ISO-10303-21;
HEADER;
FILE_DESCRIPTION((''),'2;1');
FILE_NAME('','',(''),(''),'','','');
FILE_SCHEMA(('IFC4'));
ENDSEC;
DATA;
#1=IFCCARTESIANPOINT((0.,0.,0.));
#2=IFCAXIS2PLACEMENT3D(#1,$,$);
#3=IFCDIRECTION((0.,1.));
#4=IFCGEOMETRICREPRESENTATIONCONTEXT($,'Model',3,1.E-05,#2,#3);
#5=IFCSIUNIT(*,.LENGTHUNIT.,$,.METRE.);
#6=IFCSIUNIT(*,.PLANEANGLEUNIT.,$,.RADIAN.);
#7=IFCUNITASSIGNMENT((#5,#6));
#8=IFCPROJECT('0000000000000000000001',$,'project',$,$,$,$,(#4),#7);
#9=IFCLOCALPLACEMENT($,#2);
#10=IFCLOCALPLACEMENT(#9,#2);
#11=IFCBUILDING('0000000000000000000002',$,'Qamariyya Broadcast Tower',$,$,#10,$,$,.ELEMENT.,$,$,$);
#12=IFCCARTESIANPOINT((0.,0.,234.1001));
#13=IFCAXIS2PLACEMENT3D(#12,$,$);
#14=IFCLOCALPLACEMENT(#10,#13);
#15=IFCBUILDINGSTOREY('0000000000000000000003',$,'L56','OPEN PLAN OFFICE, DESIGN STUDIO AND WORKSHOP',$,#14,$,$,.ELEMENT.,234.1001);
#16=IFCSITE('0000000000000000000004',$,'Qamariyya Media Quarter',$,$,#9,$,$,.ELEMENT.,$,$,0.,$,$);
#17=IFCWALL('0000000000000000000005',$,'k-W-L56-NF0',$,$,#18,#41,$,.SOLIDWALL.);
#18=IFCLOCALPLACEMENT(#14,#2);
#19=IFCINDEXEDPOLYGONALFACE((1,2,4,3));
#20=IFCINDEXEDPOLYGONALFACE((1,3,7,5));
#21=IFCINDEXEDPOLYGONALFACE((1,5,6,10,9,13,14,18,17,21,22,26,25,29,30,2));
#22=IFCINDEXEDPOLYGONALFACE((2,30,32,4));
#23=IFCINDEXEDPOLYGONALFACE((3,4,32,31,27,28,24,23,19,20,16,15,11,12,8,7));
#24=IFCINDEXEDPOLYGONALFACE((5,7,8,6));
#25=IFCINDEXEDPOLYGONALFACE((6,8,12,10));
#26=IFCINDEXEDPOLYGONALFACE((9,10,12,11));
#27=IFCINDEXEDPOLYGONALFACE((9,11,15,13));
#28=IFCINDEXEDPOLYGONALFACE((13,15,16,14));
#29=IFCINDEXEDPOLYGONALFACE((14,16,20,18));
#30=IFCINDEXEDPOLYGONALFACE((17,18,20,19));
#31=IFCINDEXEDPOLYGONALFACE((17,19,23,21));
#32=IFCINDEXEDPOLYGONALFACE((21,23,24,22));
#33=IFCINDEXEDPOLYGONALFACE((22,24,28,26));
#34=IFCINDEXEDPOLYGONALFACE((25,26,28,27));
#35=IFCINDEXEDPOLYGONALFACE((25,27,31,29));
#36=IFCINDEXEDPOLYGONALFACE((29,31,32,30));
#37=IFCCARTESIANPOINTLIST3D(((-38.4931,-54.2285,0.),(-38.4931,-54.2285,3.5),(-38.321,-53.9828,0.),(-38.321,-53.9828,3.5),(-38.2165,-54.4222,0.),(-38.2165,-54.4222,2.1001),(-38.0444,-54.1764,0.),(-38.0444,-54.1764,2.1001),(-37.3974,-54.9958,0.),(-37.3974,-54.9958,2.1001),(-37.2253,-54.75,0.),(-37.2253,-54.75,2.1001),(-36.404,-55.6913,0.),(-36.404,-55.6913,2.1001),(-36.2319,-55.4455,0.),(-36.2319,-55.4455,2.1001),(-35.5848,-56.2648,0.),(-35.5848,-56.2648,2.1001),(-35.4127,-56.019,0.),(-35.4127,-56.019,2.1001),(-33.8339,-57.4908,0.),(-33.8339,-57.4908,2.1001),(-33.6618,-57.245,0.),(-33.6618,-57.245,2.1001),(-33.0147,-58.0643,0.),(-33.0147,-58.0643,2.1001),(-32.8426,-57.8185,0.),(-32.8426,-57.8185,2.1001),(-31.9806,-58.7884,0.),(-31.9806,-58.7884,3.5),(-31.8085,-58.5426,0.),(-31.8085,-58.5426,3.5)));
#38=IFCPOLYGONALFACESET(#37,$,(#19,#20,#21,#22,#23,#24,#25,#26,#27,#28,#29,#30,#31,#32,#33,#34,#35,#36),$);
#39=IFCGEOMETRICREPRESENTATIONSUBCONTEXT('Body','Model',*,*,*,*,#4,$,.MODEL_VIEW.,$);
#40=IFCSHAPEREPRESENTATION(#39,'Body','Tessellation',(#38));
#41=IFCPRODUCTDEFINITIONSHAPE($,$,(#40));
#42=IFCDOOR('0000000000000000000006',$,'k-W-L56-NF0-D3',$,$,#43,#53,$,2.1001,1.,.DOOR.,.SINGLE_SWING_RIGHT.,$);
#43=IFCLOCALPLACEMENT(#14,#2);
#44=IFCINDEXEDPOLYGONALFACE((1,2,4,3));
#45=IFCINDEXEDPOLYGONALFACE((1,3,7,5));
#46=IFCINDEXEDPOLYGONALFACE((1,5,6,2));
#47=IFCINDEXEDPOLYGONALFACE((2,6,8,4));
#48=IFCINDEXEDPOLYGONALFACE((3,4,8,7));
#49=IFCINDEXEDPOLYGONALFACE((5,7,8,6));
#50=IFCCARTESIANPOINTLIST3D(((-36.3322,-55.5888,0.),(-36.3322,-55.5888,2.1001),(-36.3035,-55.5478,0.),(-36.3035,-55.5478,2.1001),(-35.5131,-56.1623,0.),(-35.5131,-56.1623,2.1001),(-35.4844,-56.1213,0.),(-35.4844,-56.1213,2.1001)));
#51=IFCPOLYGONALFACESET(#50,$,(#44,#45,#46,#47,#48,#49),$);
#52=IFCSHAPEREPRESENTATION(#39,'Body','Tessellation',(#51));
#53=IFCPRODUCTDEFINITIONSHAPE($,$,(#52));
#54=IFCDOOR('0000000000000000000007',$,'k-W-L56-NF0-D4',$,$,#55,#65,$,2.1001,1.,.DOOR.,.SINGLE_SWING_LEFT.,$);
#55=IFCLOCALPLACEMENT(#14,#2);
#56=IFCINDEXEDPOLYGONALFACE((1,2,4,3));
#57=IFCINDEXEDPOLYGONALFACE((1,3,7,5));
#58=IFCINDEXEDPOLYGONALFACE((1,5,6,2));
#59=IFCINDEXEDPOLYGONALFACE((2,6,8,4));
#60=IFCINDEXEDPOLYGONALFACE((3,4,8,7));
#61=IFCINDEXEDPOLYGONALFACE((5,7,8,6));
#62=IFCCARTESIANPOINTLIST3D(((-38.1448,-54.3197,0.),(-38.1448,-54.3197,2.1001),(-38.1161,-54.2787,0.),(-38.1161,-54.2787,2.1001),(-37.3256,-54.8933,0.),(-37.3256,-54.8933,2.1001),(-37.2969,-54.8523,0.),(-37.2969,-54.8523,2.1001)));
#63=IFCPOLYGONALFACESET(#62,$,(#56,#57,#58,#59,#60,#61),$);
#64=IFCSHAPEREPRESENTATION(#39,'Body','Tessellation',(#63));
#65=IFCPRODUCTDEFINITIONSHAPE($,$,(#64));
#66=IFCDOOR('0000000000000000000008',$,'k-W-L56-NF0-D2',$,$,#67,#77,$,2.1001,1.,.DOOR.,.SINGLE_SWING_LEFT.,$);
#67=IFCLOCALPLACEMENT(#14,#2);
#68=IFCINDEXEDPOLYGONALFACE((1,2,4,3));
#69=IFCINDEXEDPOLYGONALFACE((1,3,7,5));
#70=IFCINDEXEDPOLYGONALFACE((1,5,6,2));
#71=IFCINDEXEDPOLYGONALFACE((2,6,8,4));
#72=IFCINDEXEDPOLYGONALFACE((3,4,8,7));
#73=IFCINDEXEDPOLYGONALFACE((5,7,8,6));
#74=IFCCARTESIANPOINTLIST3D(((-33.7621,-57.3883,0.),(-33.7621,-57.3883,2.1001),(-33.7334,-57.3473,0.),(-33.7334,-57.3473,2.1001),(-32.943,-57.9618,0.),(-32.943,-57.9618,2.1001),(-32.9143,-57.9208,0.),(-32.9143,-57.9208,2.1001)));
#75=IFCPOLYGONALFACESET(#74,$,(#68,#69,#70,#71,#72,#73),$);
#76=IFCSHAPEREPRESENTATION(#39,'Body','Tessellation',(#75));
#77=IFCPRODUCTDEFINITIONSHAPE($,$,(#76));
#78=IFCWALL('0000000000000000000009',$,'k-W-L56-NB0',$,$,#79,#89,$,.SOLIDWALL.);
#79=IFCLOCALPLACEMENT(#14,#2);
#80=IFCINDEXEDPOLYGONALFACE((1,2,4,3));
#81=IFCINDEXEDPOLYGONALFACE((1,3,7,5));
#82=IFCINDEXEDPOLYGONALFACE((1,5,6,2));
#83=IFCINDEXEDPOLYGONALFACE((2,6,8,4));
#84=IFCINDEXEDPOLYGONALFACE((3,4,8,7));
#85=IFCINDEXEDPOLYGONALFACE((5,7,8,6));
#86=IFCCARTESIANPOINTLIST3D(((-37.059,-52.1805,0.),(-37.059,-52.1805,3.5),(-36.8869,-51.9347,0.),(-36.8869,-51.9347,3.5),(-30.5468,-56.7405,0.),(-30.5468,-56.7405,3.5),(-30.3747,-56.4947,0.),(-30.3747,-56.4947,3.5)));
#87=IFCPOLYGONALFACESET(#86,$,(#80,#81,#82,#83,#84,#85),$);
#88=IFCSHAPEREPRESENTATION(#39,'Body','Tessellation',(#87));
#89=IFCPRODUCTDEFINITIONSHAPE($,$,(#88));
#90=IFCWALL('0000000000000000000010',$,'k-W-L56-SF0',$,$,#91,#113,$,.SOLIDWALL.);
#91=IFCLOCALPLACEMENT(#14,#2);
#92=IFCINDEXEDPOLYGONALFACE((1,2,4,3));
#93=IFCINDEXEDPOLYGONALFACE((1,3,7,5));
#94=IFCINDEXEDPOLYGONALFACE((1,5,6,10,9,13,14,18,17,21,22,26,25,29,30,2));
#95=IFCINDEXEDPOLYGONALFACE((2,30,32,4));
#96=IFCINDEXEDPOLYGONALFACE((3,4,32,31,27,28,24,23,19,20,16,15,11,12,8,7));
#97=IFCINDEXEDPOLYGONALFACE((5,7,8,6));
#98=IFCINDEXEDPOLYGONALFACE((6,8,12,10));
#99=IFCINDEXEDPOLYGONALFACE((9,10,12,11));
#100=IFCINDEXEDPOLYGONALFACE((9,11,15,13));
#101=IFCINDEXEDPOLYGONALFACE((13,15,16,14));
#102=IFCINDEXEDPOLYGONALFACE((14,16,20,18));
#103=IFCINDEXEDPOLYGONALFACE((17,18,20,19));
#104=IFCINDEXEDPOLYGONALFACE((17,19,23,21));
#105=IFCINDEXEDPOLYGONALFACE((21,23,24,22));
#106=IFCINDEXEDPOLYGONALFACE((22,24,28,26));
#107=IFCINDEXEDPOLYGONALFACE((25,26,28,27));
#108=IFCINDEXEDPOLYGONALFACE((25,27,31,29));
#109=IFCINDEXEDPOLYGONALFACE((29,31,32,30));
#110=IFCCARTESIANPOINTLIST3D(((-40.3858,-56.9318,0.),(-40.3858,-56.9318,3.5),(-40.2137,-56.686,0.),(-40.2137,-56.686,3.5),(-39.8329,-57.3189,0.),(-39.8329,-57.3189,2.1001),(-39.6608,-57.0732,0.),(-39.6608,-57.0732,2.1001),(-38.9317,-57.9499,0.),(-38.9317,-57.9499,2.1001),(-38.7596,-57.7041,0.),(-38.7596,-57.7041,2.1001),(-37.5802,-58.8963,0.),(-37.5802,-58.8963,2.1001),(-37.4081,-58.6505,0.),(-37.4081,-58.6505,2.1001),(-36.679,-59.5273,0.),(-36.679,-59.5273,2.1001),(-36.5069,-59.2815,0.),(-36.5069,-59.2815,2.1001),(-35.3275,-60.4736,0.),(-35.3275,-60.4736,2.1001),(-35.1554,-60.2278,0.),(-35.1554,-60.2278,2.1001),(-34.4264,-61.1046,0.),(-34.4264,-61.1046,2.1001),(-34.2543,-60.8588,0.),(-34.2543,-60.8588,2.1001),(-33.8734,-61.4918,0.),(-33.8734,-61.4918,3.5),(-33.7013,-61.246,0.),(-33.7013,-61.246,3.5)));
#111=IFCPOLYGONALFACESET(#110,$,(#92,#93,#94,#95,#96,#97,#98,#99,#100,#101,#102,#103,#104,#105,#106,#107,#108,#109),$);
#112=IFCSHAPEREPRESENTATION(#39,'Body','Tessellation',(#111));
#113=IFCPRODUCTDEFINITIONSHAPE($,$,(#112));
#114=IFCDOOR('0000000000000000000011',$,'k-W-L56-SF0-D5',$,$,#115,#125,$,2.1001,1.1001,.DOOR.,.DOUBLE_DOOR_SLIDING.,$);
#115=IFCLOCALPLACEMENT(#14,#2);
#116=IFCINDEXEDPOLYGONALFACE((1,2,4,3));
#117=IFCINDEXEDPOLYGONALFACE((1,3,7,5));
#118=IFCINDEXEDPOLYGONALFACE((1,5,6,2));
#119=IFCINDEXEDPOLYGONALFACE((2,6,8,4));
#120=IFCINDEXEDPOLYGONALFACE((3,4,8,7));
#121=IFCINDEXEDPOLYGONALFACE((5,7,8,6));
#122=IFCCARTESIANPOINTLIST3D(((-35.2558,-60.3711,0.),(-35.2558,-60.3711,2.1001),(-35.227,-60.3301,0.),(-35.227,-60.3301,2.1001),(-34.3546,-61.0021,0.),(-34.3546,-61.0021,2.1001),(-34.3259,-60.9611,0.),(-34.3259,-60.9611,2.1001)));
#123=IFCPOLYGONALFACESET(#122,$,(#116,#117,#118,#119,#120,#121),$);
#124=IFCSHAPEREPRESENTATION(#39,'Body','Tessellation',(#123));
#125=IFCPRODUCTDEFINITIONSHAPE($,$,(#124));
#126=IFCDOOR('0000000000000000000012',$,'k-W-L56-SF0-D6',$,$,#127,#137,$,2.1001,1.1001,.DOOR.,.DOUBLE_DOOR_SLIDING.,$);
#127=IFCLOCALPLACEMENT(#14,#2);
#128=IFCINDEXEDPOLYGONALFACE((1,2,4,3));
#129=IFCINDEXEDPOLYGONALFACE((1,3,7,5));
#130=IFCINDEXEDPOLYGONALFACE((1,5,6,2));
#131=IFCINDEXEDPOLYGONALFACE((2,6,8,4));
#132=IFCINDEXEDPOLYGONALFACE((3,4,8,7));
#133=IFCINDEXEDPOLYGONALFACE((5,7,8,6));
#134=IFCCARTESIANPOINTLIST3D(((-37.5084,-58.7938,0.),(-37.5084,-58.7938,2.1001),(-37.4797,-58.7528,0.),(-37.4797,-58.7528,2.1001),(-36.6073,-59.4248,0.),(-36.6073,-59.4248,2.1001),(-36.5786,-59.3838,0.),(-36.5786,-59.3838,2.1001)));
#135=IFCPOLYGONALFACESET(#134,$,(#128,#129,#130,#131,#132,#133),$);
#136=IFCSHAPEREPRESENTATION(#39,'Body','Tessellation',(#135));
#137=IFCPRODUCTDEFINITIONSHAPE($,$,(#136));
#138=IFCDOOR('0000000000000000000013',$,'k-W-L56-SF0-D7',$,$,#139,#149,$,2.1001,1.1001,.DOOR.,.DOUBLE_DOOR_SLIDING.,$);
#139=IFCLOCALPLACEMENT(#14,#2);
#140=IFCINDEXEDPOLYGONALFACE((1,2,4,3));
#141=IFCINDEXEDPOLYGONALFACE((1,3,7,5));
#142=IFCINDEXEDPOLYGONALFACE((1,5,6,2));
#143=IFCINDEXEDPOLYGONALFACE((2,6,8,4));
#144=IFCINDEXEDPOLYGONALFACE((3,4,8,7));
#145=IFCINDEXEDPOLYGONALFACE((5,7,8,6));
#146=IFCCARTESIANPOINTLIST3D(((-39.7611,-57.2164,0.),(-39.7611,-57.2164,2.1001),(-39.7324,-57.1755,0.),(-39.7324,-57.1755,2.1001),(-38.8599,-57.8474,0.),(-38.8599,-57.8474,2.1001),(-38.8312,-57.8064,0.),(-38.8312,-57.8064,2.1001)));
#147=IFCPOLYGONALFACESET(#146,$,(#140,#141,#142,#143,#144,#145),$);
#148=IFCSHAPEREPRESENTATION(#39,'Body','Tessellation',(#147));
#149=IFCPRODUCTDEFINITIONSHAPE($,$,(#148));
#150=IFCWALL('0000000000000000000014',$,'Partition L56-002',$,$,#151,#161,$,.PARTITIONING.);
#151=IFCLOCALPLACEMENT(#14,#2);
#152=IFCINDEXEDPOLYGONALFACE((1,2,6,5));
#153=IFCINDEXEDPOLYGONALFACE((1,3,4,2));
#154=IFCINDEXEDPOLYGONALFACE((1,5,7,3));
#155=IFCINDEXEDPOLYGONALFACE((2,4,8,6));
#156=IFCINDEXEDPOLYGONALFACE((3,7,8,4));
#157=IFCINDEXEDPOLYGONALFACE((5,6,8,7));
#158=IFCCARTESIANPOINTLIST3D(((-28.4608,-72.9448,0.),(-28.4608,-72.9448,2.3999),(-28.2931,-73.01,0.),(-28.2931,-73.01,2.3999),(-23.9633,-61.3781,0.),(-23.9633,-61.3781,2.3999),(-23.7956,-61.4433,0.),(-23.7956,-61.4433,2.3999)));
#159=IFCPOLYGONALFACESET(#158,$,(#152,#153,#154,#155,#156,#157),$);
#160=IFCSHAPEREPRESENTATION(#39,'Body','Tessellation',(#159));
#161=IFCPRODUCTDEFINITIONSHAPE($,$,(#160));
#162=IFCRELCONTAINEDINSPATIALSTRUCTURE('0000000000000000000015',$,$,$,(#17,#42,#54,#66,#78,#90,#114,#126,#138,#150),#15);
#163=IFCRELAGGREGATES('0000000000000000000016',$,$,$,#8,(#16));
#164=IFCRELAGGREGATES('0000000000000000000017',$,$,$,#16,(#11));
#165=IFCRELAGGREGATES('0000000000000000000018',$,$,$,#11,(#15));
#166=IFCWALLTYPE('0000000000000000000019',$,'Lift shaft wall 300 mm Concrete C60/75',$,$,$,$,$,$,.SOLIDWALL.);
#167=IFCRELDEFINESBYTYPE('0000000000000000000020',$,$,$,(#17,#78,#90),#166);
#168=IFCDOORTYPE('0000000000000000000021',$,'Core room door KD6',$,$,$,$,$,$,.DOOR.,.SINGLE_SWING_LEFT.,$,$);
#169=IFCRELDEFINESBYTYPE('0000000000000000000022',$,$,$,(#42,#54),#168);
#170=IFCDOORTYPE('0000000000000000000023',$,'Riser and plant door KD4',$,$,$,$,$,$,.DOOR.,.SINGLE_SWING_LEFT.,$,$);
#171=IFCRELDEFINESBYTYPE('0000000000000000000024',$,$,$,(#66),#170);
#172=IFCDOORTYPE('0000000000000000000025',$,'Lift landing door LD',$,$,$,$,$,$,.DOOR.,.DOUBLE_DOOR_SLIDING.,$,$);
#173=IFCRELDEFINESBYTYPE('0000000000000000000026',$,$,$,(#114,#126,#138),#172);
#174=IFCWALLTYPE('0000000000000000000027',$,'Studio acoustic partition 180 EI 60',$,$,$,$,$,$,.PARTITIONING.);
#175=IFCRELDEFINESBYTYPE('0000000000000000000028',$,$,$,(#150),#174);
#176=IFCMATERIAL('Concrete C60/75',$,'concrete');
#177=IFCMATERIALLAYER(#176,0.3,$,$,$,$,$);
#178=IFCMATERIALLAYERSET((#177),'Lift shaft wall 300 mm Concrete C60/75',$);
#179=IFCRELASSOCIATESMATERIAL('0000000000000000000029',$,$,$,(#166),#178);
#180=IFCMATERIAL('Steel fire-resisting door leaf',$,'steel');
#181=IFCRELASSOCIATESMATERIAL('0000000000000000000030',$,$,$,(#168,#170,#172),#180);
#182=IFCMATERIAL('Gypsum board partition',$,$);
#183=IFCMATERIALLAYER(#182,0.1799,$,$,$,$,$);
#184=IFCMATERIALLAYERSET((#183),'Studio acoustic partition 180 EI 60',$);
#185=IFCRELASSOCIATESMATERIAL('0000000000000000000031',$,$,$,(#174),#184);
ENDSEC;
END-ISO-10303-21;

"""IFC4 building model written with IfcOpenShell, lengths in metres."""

from ifc_helpers import new_model, si_unit, direction, frame, frame_2d, origin, place, context, subcontext, project, spatial, rectangle, extrude, material, layer, layer_set, type_object, element, fill, save


model = new_model("IFC4")

# Units and contexts
model_context = context("Model", 3, precision=1e-05, world=origin(), true_north=direction((0.0, 1.0)))
body_context = subcontext(model_context, "Body", "Model", "MODEL_VIEW")
ifc_project = project(units=[si_unit("LENGTHUNIT", "METRE"), si_unit("PLANEANGLEUNIT", "RADIAN")], contexts=[model_context])

# Site, building, storey
site_placement = place(None, origin())
site = spatial("IfcSite", under=ifc_project, at=site_placement, Name="Qamariyya Media Quarter", CompositionType="ELEMENT", RefElevation=0.0)
building_placement = place(site_placement, origin())
building = spatial("IfcBuilding", under=site, at=building_placement, Name="Qamariyya Broadcast Tower", CompositionType="ELEMENT")
storey_placement = place(building_placement, frame((0.0, 0.0, 234.1001)))
storey = spatial("IfcBuildingStorey", under=building, at=storey_placement, Name="L56", Description="OPEN PLAN OFFICE, DESIGN STUDIO AND WORKSHOP", CompositionType="ELEMENT", Elevation=234.1001)

# Shared definitions
ifc_material_1 = material(Name="Concrete C60/75", Category="concrete")

# Shared definitions
ifc_material_2 = material(Name="Gypsum board partition")

# Wall, openings, doors
ifc_layer_1 = layer(ifc_material_1, 0.3)
ifc_layer_set_1 = layer_set([ifc_layer_1], Name="Lift shaft wall 300 mm Concrete C60/75")
wall_type_1 = type_object("IfcWallType", Name="Lift shaft wall 300 mm Concrete C60/75", PredefinedType="SOLIDWALL", material=ifc_layer_set_1)
wall_1_placement = place(storey_placement, frame((-31.8945, -58.6655, 0.0), z_axis=(0.0, 0.0, 1.0), x_axis=(-0.819167, 0.573555, 0.0)))
wall_1 = element("IfcWall", 1, at=wall_1_placement, inside=storey, type_object=wall_type_1, Name="k-W-L56-NF0", PredefinedType="SOLIDWALL", context=body_context, shape_type="SweptSolid", body=[
    extrude(rectangle(XDim=7.9502, YDim=0.3, at=frame_2d((3.9751, 0.0))), origin(), (0.0, 0.0, 1.0), 3.5),
])
opening_1_placement = place(wall_1_placement, frame((1.2625, 0.0, 0.0)))
opening_1 = element("IfcOpeningElement", 2, at=opening_1_placement, cuts=wall_1, PredefinedType="OPENING", context=body_context, shape_type="SweptSolid", body=[
    extrude(rectangle(XDim=1.0, YDim=2.1001, at=frame_2d((0.5, 1.05))), frame((0.0, 0.1599, 0.0), z_axis=(0.0, -1.0, 0.0), x_axis=(1.0, 0.0, 0.0)), (0.0, 0.0, 1.0), 0.3201),
])
opening_2_placement = place(wall_1_placement, frame((4.3999, 0.0, 0.0)))
opening_2 = element("IfcOpeningElement", 3, at=opening_2_placement, cuts=wall_1, PredefinedType="OPENING", context=body_context, shape_type="SweptSolid", body=[
    extrude(rectangle(XDim=1.0, YDim=2.1001, at=frame_2d((0.5, 1.05))), frame((0.0, 0.1599, 0.0), z_axis=(0.0, -1.0, 0.0), x_axis=(1.0, 0.0, 0.0)), (0.0, 0.0, 1.0), 0.3201),
])
opening_3_placement = place(wall_1_placement, frame((6.6125, 0.0, 0.0)))
opening_3 = element("IfcOpeningElement", 4, at=opening_3_placement, cuts=wall_1, PredefinedType="OPENING", context=body_context, shape_type="SweptSolid", body=[
    extrude(rectangle(XDim=1.0, YDim=2.1001, at=frame_2d((0.5, 1.05))), frame((0.0, 0.1599, 0.0), z_axis=(0.0, -1.0, 0.0), x_axis=(1.0, 0.0, 0.0)), (0.0, 0.0, 1.0), 0.3201),
])
ifc_material_3 = material(Name="Steel fire-resisting door leaf", Category="steel")
door_type_1 = type_object("IfcDoorType", Name="Core room door KD6", OperationType="SINGLE_SWING_LEFT", PredefinedType="DOOR", material=ifc_material_3)
door_1_placement = place(opening_2_placement, origin())
door_1 = element("IfcDoor", 5, at=door_1_placement, inside=storey, type_object=door_type_1, Name="k-W-L56-NF0-D3", OperationType="SINGLE_SWING_RIGHT", OverallHeight=2.1001, OverallWidth=1.0, PredefinedType="DOOR", context=body_context, shape_type="SweptSolid", body=[
    extrude(rectangle(XDim=1.0, YDim=2.1001, at=frame_2d((0.5, 1.05))), frame((0.0, 0.0249, 0.0), z_axis=(0.0, -1.0, 0.0), x_axis=(1.0, 0.0, 0.0)), (0.0, 0.0, 1.0), 0.05),
])
fill(opening_2, door_1)
door_2_placement = place(opening_3_placement, origin())
door_2 = element("IfcDoor", 6, at=door_2_placement, inside=storey, type_object=door_type_1, Name="k-W-L56-NF0-D4", OperationType="SINGLE_SWING_LEFT", OverallHeight=2.1001, OverallWidth=1.0, PredefinedType="DOOR", context=body_context, shape_type="SweptSolid", body=[
    extrude(rectangle(XDim=1.0, YDim=2.1001, at=frame_2d((0.5, 1.05))), frame((0.0, 0.0249, 0.0), z_axis=(0.0, -1.0, 0.0), x_axis=(1.0, 0.0, 0.0)), (0.0, 0.0, 1.0), 0.05),
])
fill(opening_3, door_2)
door_type_2 = type_object("IfcDoorType", Name="Riser and plant door KD4", OperationType="SINGLE_SWING_LEFT", PredefinedType="DOOR", material=ifc_material_3)
door_3_placement = place(opening_1_placement, origin())
door_3 = element("IfcDoor", 7, at=door_3_placement, inside=storey, type_object=door_type_2, Name="k-W-L56-NF0-D2", OperationType="SINGLE_SWING_LEFT", OverallHeight=2.1001, OverallWidth=1.0, PredefinedType="DOOR", context=body_context, shape_type="SweptSolid", body=[
    extrude(rectangle(XDim=1.0, YDim=2.1001, at=frame_2d((0.5, 1.05))), frame((0.0, 0.0249, 0.0), z_axis=(0.0, -1.0, 0.0), x_axis=(1.0, 0.0, 0.0)), (0.0, 0.0, 1.0), 0.05),
])
fill(opening_1, door_3)

# Wall
wall_2_placement = place(storey_placement, frame((-30.4607, -56.6177, 0.0), z_axis=(0.0, 0.0, 1.0), x_axis=(-0.819142, 0.57359, 0.0)))
element("IfcWall", 8, at=wall_2_placement, inside=storey, type_object=wall_type_1, Name="k-W-L56-NB0", PredefinedType="SOLIDWALL", context=body_context, shape_type="SweptSolid", body=[
    extrude(rectangle(XDim=7.95, YDim=0.3, at=frame_2d((3.9751, 0.0))), origin(), (0.0, 0.0, 1.0), 3.5),
])

# Wall, openings, doors
wall_3_placement = place(storey_placement, frame((-33.7874, -61.3689, 0.0), z_axis=(0.0, 0.0, 1.0), x_axis=(-0.819153, 0.573576, 0.0)))
wall_3 = element("IfcWall", 9, at=wall_3_placement, inside=storey, type_object=wall_type_1, Name="k-W-L56-SF0", PredefinedType="SOLIDWALL", context=body_context, shape_type="SweptSolid", body=[
    extrude(rectangle(XDim=7.9502, YDim=0.3, at=frame_2d((3.9751, 0.0))), origin(), (0.0, 0.0, 1.0), 3.5),
])
opening_4_placement = place(wall_3_placement, frame((0.675, 0.0, 0.0)))
opening_4 = element("IfcOpeningElement", 10, at=opening_4_placement, cuts=wall_3, PredefinedType="OPENING", context=body_context, shape_type="SweptSolid", body=[
    extrude(rectangle(XDim=1.1001, YDim=2.1001, at=frame_2d((0.55, 1.05))), frame((0.0, 0.1599, 0.0), z_axis=(0.0, -1.0, 0.0), x_axis=(1.0, 0.0, 0.0)), (0.0, 0.0, 1.0), 0.3201),
])
opening_5_placement = place(wall_3_placement, frame((3.425, 0.0, 0.0)))
opening_5 = element("IfcOpeningElement", 11, at=opening_5_placement, cuts=wall_3, PredefinedType="OPENING", context=body_context, shape_type="SweptSolid", body=[
    extrude(rectangle(XDim=1.1001, YDim=2.1001, at=frame_2d((0.55, 1.05))), frame((0.0, 0.1599, 0.0), z_axis=(0.0, -1.0, 0.0), x_axis=(1.0, 0.0, 0.0)), (0.0, 0.0, 1.0), 0.3201),
])
opening_6_placement = place(wall_3_placement, frame((6.175, 0.0, 0.0)))
opening_6 = element("IfcOpeningElement", 12, at=opening_6_placement, cuts=wall_3, PredefinedType="OPENING", context=body_context, shape_type="SweptSolid", body=[
    extrude(rectangle(XDim=1.1001, YDim=2.1001, at=frame_2d((0.55, 1.05))), frame((0.0, 0.1599, 0.0), z_axis=(0.0, -1.0, 0.0), x_axis=(1.0, 0.0, 0.0)), (0.0, 0.0, 1.0), 0.3201),
])
door_type_3 = type_object("IfcDoorType", Name="Lift landing door LD", OperationType="DOUBLE_DOOR_SLIDING", PredefinedType="DOOR", material=ifc_material_3)
door_4_placement = place(opening_4_placement, origin())
door_4 = element("IfcDoor", 13, at=door_4_placement, inside=storey, type_object=door_type_3, Name="k-W-L56-SF0-D5", OperationType="DOUBLE_DOOR_SLIDING", OverallHeight=2.1001, OverallWidth=1.1001, PredefinedType="DOOR", context=body_context, shape_type="SweptSolid", body=[
    extrude(rectangle(XDim=1.1001, YDim=2.1001, at=frame_2d((0.55, 1.05))), frame((0.0, 0.0249, 0.0), z_axis=(0.0, -1.0, 0.0), x_axis=(1.0, 0.0, 0.0)), (0.0, 0.0, 1.0), 0.05),
])
fill(opening_4, door_4)
door_5_placement = place(opening_5_placement, origin())
door_5 = element("IfcDoor", 14, at=door_5_placement, inside=storey, type_object=door_type_3, Name="k-W-L56-SF0-D6", OperationType="DOUBLE_DOOR_SLIDING", OverallHeight=2.1001, OverallWidth=1.1001, PredefinedType="DOOR", context=body_context, shape_type="SweptSolid", body=[
    extrude(rectangle(XDim=1.1001, YDim=2.1001, at=frame_2d((0.55, 1.05))), frame((0.0, 0.0249, 0.0), z_axis=(0.0, -1.0, 0.0), x_axis=(1.0, 0.0, 0.0)), (0.0, 0.0, 1.0), 0.05),
])
fill(opening_5, door_5)
door_6_placement = place(opening_6_placement, origin())
door_6 = element("IfcDoor", 15, at=door_6_placement, inside=storey, type_object=door_type_3, Name="k-W-L56-SF0-D7", OperationType="DOUBLE_DOOR_SLIDING", OverallHeight=2.1001, OverallWidth=1.1001, PredefinedType="DOOR", context=body_context, shape_type="SweptSolid", body=[
    extrude(rectangle(XDim=1.1001, YDim=2.1001, at=frame_2d((0.55, 1.05))), frame((0.0, 0.0249, 0.0), z_axis=(0.0, -1.0, 0.0), x_axis=(1.0, 0.0, 0.0)), (0.0, 0.0, 1.0), 0.05),
])
fill(opening_6, door_6)

# Wall
ifc_layer_2 = layer(ifc_material_2, 0.1799)
ifc_layer_set_2 = layer_set([ifc_layer_2], Name="Studio acoustic partition 180 EI 60")
wall_type_2 = type_object("IfcWallType", Name="Studio acoustic partition 180 EI 60", PredefinedType="PARTITIONING", material=ifc_layer_set_2)
wall_4_placement = place(storey_placement, frame((-28.377, -72.9773, 0.0), z_axis=(0.0, 0.0, 1.0), x_axis=(0.362405, 0.932021, 0.0)))
element("IfcWall", 16, at=wall_4_placement, inside=storey, type_object=wall_type_2, Name="Partition L56-002", PredefinedType="PARTITIONING", context=body_context, shape_type="SweptSolid", body=[
    extrude(rectangle(XDim=12.4104, YDim=0.1799, at=frame_2d((6.2051, 0.0))), origin(), (0.0, 0.0, 1.0), 2.3999),
])

save(model, "model.ifc")
